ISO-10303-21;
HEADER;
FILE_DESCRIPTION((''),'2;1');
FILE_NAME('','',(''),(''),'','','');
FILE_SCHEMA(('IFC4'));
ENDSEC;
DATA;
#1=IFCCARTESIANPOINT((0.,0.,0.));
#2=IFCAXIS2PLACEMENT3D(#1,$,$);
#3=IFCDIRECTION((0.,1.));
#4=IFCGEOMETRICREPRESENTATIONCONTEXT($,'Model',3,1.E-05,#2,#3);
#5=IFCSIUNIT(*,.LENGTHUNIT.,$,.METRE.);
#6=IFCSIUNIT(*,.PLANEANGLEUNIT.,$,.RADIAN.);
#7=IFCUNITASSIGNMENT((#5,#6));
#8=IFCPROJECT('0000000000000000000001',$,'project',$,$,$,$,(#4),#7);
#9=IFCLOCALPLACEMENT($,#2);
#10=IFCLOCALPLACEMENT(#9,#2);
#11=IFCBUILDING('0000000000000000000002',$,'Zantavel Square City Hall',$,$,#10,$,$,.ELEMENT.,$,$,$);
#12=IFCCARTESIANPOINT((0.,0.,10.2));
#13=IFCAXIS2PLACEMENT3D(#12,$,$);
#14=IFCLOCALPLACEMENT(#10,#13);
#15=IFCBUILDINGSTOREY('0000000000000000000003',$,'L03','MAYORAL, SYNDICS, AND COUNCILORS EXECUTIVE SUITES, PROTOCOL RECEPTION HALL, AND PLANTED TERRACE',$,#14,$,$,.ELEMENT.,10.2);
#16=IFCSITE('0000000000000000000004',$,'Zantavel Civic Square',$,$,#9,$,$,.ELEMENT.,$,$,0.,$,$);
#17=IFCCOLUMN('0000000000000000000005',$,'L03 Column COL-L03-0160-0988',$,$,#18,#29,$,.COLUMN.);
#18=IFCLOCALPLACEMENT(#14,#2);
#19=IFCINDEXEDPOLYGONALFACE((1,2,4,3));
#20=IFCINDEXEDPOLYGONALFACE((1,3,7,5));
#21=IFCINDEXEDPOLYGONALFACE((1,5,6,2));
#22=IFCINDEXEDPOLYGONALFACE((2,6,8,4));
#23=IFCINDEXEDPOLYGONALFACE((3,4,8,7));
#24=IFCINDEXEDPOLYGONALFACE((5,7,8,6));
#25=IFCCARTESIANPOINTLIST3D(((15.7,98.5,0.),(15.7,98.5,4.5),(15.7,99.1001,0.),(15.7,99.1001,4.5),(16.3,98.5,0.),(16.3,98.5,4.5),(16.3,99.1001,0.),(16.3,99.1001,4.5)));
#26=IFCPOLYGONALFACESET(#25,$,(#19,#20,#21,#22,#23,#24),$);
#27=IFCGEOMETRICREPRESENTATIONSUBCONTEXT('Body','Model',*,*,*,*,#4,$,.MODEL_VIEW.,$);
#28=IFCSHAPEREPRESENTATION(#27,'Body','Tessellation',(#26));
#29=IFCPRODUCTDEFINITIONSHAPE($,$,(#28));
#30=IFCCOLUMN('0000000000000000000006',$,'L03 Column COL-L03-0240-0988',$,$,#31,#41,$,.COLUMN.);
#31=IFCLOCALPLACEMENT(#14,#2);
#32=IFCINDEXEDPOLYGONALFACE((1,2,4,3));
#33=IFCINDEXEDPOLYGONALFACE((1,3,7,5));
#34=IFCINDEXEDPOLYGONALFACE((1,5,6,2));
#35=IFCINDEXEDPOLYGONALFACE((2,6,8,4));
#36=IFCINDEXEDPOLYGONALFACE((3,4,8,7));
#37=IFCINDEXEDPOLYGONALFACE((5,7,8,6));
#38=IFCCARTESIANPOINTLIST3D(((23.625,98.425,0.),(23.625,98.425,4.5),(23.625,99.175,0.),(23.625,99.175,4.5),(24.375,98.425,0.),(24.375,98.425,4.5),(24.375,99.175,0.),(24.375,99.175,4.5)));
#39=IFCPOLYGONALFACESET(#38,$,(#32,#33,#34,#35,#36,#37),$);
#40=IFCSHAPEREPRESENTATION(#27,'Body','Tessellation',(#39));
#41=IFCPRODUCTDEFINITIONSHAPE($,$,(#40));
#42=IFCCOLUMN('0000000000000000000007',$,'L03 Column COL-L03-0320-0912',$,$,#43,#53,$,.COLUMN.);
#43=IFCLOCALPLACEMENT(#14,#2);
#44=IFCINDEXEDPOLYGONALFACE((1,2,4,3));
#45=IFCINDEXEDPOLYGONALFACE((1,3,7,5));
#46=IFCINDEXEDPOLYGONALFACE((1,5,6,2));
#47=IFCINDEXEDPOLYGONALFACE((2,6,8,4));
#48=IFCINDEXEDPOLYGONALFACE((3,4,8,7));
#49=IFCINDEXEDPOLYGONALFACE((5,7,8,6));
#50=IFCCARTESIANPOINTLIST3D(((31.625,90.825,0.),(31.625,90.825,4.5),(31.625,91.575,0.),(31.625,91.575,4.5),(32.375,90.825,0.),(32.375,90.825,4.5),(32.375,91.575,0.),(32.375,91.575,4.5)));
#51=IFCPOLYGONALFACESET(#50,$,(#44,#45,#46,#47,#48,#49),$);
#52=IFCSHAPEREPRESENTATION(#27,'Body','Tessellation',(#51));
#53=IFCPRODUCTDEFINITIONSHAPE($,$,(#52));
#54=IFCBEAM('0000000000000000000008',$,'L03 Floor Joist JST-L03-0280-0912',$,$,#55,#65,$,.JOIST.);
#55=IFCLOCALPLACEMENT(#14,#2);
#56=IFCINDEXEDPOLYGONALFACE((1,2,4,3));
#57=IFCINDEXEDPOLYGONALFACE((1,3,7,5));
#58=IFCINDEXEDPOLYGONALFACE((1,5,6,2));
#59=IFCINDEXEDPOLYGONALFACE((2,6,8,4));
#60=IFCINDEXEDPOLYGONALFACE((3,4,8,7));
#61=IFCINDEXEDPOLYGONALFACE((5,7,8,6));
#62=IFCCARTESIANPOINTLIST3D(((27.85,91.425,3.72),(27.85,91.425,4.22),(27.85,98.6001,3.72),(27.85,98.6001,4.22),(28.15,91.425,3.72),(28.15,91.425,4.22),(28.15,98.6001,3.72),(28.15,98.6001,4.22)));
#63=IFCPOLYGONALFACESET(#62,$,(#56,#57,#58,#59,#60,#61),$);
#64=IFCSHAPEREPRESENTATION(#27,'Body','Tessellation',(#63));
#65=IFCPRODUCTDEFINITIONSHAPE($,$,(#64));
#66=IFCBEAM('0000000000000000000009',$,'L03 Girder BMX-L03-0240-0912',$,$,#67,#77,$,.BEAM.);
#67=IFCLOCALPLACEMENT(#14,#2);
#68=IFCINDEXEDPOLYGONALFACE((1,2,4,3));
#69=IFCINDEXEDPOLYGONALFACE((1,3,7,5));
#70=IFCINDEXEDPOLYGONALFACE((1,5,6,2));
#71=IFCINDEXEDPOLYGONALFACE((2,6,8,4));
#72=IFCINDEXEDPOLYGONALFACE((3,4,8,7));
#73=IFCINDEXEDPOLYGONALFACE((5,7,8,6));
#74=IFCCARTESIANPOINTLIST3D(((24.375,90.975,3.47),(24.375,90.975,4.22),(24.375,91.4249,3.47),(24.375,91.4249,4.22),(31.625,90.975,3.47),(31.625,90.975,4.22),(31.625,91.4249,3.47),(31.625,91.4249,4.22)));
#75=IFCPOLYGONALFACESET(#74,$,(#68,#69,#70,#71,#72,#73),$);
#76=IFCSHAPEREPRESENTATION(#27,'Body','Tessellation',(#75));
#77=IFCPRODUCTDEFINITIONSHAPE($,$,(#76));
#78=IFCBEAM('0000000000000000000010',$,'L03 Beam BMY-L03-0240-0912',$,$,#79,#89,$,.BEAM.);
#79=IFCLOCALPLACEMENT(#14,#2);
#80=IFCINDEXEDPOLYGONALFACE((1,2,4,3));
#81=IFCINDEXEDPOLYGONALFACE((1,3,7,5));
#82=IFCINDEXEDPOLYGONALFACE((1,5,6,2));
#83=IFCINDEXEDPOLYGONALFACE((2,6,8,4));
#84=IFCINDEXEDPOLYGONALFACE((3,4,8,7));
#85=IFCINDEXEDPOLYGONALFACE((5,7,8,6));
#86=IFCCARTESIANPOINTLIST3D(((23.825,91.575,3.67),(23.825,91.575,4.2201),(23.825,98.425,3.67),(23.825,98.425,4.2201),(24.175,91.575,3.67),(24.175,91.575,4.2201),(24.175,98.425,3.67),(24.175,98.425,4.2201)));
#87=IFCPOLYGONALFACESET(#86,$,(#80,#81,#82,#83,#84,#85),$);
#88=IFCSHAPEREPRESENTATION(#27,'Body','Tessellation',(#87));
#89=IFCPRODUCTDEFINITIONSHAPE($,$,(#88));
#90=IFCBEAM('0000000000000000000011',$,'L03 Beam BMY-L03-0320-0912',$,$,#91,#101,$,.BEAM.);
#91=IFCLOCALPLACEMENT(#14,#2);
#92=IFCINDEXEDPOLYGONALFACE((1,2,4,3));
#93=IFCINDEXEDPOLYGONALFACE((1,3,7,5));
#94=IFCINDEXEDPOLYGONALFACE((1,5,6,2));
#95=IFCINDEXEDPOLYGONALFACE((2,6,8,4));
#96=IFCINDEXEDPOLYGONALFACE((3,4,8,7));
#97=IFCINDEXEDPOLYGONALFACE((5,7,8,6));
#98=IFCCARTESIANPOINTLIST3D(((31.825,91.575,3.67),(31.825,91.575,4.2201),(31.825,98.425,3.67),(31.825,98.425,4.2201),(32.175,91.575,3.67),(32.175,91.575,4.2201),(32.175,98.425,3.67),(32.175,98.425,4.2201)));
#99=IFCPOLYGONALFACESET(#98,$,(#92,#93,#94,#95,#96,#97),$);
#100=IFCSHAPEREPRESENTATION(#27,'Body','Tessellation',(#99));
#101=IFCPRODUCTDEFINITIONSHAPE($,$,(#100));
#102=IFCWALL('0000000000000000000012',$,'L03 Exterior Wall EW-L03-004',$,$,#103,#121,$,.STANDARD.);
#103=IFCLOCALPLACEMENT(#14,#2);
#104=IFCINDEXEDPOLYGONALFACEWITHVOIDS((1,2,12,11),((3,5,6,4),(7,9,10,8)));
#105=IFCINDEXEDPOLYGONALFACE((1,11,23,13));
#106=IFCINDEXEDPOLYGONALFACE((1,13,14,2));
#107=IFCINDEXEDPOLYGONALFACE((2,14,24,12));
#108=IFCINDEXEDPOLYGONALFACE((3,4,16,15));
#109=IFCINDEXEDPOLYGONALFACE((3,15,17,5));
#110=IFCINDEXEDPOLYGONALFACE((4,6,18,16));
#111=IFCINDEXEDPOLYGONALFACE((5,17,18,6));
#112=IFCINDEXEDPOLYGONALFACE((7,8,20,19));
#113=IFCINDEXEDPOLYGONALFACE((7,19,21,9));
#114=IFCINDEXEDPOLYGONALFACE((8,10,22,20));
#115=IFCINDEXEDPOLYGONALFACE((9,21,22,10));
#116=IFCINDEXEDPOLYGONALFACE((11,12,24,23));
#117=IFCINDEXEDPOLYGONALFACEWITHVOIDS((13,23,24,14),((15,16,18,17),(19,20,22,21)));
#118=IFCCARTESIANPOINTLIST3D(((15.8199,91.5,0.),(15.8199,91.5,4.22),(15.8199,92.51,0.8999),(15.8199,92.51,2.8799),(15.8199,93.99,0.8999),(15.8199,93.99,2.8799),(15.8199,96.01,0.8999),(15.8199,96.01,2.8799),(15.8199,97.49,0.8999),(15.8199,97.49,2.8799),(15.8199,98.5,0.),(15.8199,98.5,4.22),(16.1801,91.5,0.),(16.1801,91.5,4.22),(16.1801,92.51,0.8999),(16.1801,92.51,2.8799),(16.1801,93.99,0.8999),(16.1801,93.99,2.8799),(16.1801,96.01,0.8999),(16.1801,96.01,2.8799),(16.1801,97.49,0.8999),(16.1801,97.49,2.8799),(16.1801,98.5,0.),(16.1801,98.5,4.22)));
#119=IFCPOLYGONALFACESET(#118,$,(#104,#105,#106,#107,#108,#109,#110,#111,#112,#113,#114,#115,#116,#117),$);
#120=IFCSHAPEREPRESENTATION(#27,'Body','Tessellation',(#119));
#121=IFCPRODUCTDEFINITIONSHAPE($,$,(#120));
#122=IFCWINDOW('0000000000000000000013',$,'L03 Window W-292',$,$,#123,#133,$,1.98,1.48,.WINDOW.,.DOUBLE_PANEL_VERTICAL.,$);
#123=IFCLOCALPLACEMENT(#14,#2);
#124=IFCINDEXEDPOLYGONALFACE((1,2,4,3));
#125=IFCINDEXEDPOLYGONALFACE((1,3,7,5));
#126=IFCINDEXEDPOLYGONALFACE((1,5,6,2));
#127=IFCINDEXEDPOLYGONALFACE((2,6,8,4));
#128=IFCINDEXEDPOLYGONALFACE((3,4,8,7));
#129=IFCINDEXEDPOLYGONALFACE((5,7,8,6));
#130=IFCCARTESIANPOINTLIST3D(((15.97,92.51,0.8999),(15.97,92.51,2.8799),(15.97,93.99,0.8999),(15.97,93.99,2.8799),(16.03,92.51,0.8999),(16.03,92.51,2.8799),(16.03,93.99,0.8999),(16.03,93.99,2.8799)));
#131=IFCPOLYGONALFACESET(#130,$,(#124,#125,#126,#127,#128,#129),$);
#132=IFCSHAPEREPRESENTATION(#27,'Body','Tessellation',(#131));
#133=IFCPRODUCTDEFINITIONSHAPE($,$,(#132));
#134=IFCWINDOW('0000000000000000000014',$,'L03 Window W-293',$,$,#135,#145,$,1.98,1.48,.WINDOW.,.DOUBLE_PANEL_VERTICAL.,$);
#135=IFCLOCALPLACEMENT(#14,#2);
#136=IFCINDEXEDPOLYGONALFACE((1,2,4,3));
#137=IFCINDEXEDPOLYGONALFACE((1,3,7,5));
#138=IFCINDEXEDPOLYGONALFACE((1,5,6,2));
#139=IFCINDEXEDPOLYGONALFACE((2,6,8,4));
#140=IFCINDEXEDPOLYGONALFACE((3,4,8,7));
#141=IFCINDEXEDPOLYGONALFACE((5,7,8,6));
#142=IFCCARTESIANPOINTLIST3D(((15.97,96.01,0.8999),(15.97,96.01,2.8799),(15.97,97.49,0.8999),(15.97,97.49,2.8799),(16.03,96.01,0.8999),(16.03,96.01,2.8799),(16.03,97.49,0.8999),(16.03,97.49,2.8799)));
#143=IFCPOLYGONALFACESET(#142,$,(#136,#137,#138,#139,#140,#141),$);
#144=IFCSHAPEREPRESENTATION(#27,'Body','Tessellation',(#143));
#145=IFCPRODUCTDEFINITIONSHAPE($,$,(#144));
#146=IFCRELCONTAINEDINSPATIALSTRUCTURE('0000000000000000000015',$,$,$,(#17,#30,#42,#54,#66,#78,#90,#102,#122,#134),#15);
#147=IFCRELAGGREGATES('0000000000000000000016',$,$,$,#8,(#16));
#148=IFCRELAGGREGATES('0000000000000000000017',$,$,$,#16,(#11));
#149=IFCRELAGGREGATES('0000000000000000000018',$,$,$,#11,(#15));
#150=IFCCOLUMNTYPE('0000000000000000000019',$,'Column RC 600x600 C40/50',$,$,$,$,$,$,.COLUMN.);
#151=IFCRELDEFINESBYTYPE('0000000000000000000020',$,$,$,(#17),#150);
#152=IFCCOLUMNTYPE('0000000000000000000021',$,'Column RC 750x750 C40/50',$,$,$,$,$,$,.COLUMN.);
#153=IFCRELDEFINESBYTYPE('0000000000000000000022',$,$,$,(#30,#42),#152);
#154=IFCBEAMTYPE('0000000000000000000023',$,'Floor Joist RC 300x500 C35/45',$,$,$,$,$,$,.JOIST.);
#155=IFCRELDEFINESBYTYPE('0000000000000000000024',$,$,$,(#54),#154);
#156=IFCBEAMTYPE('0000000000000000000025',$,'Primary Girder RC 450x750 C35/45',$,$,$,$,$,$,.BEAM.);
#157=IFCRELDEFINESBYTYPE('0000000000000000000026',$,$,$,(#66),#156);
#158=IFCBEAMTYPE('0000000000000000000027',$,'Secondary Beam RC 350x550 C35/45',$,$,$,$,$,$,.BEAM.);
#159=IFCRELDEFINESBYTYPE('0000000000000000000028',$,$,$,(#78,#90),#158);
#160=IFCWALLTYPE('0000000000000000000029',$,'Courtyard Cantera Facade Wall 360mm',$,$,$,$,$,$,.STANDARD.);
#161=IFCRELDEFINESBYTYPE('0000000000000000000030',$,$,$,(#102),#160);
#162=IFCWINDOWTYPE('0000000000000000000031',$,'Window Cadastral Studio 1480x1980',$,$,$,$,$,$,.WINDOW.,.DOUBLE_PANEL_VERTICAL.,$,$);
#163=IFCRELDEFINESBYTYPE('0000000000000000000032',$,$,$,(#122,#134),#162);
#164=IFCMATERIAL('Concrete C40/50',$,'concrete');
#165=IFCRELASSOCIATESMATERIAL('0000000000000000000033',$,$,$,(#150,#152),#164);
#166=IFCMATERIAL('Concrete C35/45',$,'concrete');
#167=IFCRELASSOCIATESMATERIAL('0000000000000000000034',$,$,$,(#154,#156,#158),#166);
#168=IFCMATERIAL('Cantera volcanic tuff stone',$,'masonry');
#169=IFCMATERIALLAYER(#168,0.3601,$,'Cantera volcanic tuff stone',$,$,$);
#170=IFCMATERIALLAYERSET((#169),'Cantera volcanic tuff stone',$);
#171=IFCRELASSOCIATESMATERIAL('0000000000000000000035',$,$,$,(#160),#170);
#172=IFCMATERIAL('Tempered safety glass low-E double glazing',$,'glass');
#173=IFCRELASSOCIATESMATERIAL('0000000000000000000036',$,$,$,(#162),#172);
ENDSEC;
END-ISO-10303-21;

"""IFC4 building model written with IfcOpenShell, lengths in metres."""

from ifc_helpers import new_model, si_unit, direction, frame, frame_2d, origin, origin_2d, place, context, subcontext, project, spatial, rectangle, extrude, material, layer, layer_set, material_profile, profile_set, type_object, element, fill, save


model = new_model("IFC4")

# Units and contexts
model_context = context("Model", 3, precision=1e-05, world=origin(), true_north=direction((0.0, 1.0)))
body_context = subcontext(model_context, "Body", "Model", "MODEL_VIEW")
ifc_project = project(units=[si_unit("LENGTHUNIT", "METRE"), si_unit("PLANEANGLEUNIT", "RADIAN")], contexts=[model_context])

# Site, building, storey
site_placement = place(None, origin())
site = spatial("IfcSite", under=ifc_project, at=site_placement, Name="Zantavel Civic Square", CompositionType="ELEMENT", RefElevation=0.0)
building_placement = place(site_placement, origin())
building = spatial("IfcBuilding", under=site, at=building_placement, Name="Zantavel Square City Hall", CompositionType="ELEMENT")
storey_placement = place(building_placement, frame((0.0, 0.0, 10.2)))
storey = spatial("IfcBuildingStorey", under=building, at=storey_placement, Name="L03", Description="MAYORAL, SYNDICS, AND COUNCILORS EXECUTIVE SUITES, PROTOCOL RECEPTION HALL, AND PLANTED TERRACE", CompositionType="ELEMENT", Elevation=10.2)

# Columns
ifc_material_1 = material(Name="Concrete C40/50", Category="concrete")
ifc_material_profile_1 = material_profile(ifc_material_1, rectangle(XDim=0.6001, YDim=0.6001, at=origin_2d()), Name="RC 600x600")
ifc_profile_set_1 = profile_set([ifc_material_profile_1], Name="Concrete C40/50")
column_type_1 = type_object("IfcColumnType", Name="Column RC 600x600 C40/50", PredefinedType="COLUMN", material=ifc_profile_set_1)
column_placement = place(storey_placement, frame((16.0, 98.8, 0.0), z_axis=(0.0, 0.0, 1.0), x_axis=(1.0, 0.0, 0.0)))
element("IfcColumn", 1, at=column_placement, inside=storey, type_object=column_type_1, Name="L03 Column COL-L03-0160-0988", PredefinedType="COLUMN", context=body_context, shape_type="SweptSolid", body=[
    extrude(rectangle(XDim=0.6001, YDim=0.6001, at=origin_2d()), origin(), (0.0, 0.0, 1.0), 4.5),
])
ifc_material_profile_2 = material_profile(ifc_material_1, rectangle(XDim=0.75, YDim=0.75, at=origin_2d()), Name="RC 750x750")
ifc_profile_set_2 = profile_set([ifc_material_profile_2], Name="Concrete C40/50")
column_type_2 = type_object("IfcColumnType", Name="Column RC 750x750 C40/50", PredefinedType="COLUMN", material=ifc_profile_set_2)
for number, where, z_axis, x_axis, name in (
    (2, (24.0, 98.8, 0.0), (0.0, 0.0, 1.0), (1.0, 0.0, 0.0), "L03 Column COL-L03-0240-0988"),
    (3, (32.0, 91.2, 0.0), (0.0, 0.0, 1.0), (1.0, 0.0, 0.0), "L03 Column COL-L03-0320-0912"),
):
    element("IfcColumn", number, at=place(storey_placement, frame(where, z_axis=z_axis, x_axis=x_axis)), inside=storey, type_object=column_type_2, Name=name, PredefinedType="COLUMN", context=body_context, shape_type="SweptSolid", body=[
        extrude(rectangle(XDim=0.75, YDim=0.75, at=origin_2d()), origin(), (0.0, 0.0, 1.0), 4.5),
    ])

# Beams
ifc_material_2 = material(Name="Concrete C35/45", Category="concrete")
ifc_material_profile_3 = material_profile(ifc_material_2, rectangle(XDim=0.3, YDim=0.5, at=origin_2d()), Name="RC 300x500")
ifc_profile_set_3 = profile_set([ifc_material_profile_3], Name="Concrete C35/45")
beam_type_1 = type_object("IfcBeamType", Name="Floor Joist RC 300x500 C35/45", PredefinedType="JOIST", material=ifc_profile_set_3)
beam_1_placement = place(storey_placement, frame((28.0, 91.425, 3.97), z_axis=(0.0, 1.0, 0.0), x_axis=(-1.0, 0.0, 0.0)))
element("IfcBeam", 4, at=beam_1_placement, inside=storey, type_object=beam_type_1, Name="L03 Floor Joist JST-L03-0280-0912", PredefinedType="JOIST", context=body_context, shape_type="SweptSolid", body=[
    extrude(rectangle(XDim=0.3, YDim=0.5, at=origin_2d()), origin(), (0.0, 0.0, 1.0), 7.175),
])
ifc_material_profile_4 = material_profile(ifc_material_2, rectangle(XDim=0.45, YDim=0.75, at=origin_2d()), Name="RC 450x750")
ifc_profile_set_4 = profile_set([ifc_material_profile_4], Name="Concrete C35/45")
beam_type_2 = type_object("IfcBeamType", Name="Primary Girder RC 450x750 C35/45", PredefinedType="BEAM", material=ifc_profile_set_4)
beam_2_placement = place(storey_placement, frame((24.375, 91.2, 3.845), z_axis=(1.0, 0.0, 0.0), x_axis=(0.0, 1.0, 0.0)))
element("IfcBeam", 5, at=beam_2_placement, inside=storey, type_object=beam_type_2, Name="L03 Girder BMX-L03-0240-0912", PredefinedType="BEAM", context=body_context, shape_type="SweptSolid", body=[
    extrude(rectangle(XDim=0.45, YDim=0.75, at=origin_2d()), origin(), (0.0, 0.0, 1.0), 7.25),
])
ifc_material_profile_5 = material_profile(ifc_material_2, rectangle(XDim=0.3501, YDim=0.55, at=origin_2d()), Name="RC 350x550")
ifc_profile_set_5 = profile_set([ifc_material_profile_5], Name="Concrete C35/45")
beam_type_3 = type_object("IfcBeamType", Name="Secondary Beam RC 350x550 C35/45", PredefinedType="BEAM", material=ifc_profile_set_5)
for number, where, z_axis, x_axis, name in (
    (6, (24.0, 91.575, 3.9451), (0.0, 1.0, 0.0), (-1.0, 0.0, 0.0), "L03 Beam BMY-L03-0240-0912"),
    (7, (32.0, 91.575, 3.9451), (0.0, 1.0, 0.0), (-1.0, 0.0, 0.0), "L03 Beam BMY-L03-0320-0912"),
):
    element("IfcBeam", number, at=place(storey_placement, frame(where, z_axis=z_axis, x_axis=x_axis)), inside=storey, type_object=beam_type_3, Name=name, PredefinedType="BEAM", context=body_context, shape_type="SweptSolid", body=[
        extrude(rectangle(XDim=0.3501, YDim=0.55, at=origin_2d()), origin(), (0.0, 0.0, 1.0), 6.8501),
    ])

# Wall, openings, windows
ifc_material_3 = material(Name="Cantera volcanic tuff stone", Category="masonry")
ifc_layer_1 = layer(ifc_material_3, 0.3601, Name="Cantera volcanic tuff stone")
ifc_layer_set_1 = layer_set([ifc_layer_1], Name="Cantera volcanic tuff stone")
wall_type_1 = type_object("IfcWallType", Name="Courtyard Cantera Facade Wall 360mm", PredefinedType="STANDARD", material=ifc_layer_set_1)
wall_1_placement = place(storey_placement, frame((16.0, 91.5, 0.0), z_axis=(0.0, 0.0, 1.0), x_axis=(0.0, 1.0, 0.0)))
wall_1 = element("IfcWall", 8, at=wall_1_placement, inside=storey, type_object=wall_type_1, Name="L03 Exterior Wall EW-L03-004", PredefinedType="STANDARD", context=body_context, shape_type="SweptSolid", body=[
    extrude(rectangle(XDim=7.0, YDim=0.3601, at=frame_2d((3.5, 0.0))), origin(), (0.0, 0.0, 1.0), 4.22),
])
opening_1_placement = place(wall_1_placement, frame((1.01, 0.0, 0.8999)))
opening_1 = element("IfcOpeningElement", 9, at=opening_1_placement, cuts=wall_1, PredefinedType="OPENING", context=body_context, shape_type="SweptSolid", body=[
    extrude(rectangle(XDim=1.48, YDim=1.98, at=frame_2d((0.74, 0.99))), frame((0.0, 0.1899, 0.0), z_axis=(0.0, -1.0, 0.0), x_axis=(1.0, 0.0, 0.0)), (0.0, 0.0, 1.0), 0.3801),
])
opening_2_placement = place(wall_1_placement, frame((4.51, 0.0, 0.8999)))
opening_2 = element("IfcOpeningElement", 10, at=opening_2_placement, cuts=wall_1, PredefinedType="OPENING", context=body_context, shape_type="SweptSolid", body=[
    extrude(rectangle(XDim=1.48, YDim=1.98, at=frame_2d((0.74, 0.99))), frame((0.0, 0.1899, 0.0), z_axis=(0.0, -1.0, 0.0), x_axis=(1.0, 0.0, 0.0)), (0.0, 0.0, 1.0), 0.3801),
])
ifc_material_4 = material(Name="Tempered safety glass low-E double glazing", Category="glass")
window_type_1 = type_object("IfcWindowType", Name="Window Cadastral Studio 1480x1980", PartitioningType="DOUBLE_PANEL_VERTICAL", PredefinedType="WINDOW", material=ifc_material_4)
window_1_placement = place(opening_1_placement, origin())
window_1 = element("IfcWindow", 11, at=window_1_placement, inside=storey, type_object=window_type_1, Name="L03 Window W-292", OverallHeight=1.98, OverallWidth=1.48, PartitioningType="DOUBLE_PANEL_VERTICAL", PredefinedType="WINDOW", context=body_context, shape_type="SweptSolid", body=[
    extrude(rectangle(XDim=1.48, YDim=1.98, at=frame_2d((0.74, 0.99))), frame((0.0, 0.03, 0.0), z_axis=(0.0, -1.0, 0.0), x_axis=(1.0, 0.0, 0.0)), (0.0, 0.0, 1.0), 0.0601),
])
fill(opening_1, window_1)
window_2_placement = place(opening_2_placement, origin())
window_2 = element("IfcWindow", 12, at=window_2_placement, inside=storey, type_object=window_type_1, Name="L03 Window W-293", OverallHeight=1.98, OverallWidth=1.48, PartitioningType="DOUBLE_PANEL_VERTICAL", PredefinedType="WINDOW", context=body_context, shape_type="SweptSolid", body=[
    extrude(rectangle(XDim=1.48, YDim=1.98, at=frame_2d((0.74, 0.99))), frame((0.0, 0.03, 0.0), z_axis=(0.0, -1.0, 0.0), x_axis=(1.0, 0.0, 0.0)), (0.0, 0.0, 1.0), 0.0601),
])
fill(opening_2, window_2)

save(model, "model.ifc")
